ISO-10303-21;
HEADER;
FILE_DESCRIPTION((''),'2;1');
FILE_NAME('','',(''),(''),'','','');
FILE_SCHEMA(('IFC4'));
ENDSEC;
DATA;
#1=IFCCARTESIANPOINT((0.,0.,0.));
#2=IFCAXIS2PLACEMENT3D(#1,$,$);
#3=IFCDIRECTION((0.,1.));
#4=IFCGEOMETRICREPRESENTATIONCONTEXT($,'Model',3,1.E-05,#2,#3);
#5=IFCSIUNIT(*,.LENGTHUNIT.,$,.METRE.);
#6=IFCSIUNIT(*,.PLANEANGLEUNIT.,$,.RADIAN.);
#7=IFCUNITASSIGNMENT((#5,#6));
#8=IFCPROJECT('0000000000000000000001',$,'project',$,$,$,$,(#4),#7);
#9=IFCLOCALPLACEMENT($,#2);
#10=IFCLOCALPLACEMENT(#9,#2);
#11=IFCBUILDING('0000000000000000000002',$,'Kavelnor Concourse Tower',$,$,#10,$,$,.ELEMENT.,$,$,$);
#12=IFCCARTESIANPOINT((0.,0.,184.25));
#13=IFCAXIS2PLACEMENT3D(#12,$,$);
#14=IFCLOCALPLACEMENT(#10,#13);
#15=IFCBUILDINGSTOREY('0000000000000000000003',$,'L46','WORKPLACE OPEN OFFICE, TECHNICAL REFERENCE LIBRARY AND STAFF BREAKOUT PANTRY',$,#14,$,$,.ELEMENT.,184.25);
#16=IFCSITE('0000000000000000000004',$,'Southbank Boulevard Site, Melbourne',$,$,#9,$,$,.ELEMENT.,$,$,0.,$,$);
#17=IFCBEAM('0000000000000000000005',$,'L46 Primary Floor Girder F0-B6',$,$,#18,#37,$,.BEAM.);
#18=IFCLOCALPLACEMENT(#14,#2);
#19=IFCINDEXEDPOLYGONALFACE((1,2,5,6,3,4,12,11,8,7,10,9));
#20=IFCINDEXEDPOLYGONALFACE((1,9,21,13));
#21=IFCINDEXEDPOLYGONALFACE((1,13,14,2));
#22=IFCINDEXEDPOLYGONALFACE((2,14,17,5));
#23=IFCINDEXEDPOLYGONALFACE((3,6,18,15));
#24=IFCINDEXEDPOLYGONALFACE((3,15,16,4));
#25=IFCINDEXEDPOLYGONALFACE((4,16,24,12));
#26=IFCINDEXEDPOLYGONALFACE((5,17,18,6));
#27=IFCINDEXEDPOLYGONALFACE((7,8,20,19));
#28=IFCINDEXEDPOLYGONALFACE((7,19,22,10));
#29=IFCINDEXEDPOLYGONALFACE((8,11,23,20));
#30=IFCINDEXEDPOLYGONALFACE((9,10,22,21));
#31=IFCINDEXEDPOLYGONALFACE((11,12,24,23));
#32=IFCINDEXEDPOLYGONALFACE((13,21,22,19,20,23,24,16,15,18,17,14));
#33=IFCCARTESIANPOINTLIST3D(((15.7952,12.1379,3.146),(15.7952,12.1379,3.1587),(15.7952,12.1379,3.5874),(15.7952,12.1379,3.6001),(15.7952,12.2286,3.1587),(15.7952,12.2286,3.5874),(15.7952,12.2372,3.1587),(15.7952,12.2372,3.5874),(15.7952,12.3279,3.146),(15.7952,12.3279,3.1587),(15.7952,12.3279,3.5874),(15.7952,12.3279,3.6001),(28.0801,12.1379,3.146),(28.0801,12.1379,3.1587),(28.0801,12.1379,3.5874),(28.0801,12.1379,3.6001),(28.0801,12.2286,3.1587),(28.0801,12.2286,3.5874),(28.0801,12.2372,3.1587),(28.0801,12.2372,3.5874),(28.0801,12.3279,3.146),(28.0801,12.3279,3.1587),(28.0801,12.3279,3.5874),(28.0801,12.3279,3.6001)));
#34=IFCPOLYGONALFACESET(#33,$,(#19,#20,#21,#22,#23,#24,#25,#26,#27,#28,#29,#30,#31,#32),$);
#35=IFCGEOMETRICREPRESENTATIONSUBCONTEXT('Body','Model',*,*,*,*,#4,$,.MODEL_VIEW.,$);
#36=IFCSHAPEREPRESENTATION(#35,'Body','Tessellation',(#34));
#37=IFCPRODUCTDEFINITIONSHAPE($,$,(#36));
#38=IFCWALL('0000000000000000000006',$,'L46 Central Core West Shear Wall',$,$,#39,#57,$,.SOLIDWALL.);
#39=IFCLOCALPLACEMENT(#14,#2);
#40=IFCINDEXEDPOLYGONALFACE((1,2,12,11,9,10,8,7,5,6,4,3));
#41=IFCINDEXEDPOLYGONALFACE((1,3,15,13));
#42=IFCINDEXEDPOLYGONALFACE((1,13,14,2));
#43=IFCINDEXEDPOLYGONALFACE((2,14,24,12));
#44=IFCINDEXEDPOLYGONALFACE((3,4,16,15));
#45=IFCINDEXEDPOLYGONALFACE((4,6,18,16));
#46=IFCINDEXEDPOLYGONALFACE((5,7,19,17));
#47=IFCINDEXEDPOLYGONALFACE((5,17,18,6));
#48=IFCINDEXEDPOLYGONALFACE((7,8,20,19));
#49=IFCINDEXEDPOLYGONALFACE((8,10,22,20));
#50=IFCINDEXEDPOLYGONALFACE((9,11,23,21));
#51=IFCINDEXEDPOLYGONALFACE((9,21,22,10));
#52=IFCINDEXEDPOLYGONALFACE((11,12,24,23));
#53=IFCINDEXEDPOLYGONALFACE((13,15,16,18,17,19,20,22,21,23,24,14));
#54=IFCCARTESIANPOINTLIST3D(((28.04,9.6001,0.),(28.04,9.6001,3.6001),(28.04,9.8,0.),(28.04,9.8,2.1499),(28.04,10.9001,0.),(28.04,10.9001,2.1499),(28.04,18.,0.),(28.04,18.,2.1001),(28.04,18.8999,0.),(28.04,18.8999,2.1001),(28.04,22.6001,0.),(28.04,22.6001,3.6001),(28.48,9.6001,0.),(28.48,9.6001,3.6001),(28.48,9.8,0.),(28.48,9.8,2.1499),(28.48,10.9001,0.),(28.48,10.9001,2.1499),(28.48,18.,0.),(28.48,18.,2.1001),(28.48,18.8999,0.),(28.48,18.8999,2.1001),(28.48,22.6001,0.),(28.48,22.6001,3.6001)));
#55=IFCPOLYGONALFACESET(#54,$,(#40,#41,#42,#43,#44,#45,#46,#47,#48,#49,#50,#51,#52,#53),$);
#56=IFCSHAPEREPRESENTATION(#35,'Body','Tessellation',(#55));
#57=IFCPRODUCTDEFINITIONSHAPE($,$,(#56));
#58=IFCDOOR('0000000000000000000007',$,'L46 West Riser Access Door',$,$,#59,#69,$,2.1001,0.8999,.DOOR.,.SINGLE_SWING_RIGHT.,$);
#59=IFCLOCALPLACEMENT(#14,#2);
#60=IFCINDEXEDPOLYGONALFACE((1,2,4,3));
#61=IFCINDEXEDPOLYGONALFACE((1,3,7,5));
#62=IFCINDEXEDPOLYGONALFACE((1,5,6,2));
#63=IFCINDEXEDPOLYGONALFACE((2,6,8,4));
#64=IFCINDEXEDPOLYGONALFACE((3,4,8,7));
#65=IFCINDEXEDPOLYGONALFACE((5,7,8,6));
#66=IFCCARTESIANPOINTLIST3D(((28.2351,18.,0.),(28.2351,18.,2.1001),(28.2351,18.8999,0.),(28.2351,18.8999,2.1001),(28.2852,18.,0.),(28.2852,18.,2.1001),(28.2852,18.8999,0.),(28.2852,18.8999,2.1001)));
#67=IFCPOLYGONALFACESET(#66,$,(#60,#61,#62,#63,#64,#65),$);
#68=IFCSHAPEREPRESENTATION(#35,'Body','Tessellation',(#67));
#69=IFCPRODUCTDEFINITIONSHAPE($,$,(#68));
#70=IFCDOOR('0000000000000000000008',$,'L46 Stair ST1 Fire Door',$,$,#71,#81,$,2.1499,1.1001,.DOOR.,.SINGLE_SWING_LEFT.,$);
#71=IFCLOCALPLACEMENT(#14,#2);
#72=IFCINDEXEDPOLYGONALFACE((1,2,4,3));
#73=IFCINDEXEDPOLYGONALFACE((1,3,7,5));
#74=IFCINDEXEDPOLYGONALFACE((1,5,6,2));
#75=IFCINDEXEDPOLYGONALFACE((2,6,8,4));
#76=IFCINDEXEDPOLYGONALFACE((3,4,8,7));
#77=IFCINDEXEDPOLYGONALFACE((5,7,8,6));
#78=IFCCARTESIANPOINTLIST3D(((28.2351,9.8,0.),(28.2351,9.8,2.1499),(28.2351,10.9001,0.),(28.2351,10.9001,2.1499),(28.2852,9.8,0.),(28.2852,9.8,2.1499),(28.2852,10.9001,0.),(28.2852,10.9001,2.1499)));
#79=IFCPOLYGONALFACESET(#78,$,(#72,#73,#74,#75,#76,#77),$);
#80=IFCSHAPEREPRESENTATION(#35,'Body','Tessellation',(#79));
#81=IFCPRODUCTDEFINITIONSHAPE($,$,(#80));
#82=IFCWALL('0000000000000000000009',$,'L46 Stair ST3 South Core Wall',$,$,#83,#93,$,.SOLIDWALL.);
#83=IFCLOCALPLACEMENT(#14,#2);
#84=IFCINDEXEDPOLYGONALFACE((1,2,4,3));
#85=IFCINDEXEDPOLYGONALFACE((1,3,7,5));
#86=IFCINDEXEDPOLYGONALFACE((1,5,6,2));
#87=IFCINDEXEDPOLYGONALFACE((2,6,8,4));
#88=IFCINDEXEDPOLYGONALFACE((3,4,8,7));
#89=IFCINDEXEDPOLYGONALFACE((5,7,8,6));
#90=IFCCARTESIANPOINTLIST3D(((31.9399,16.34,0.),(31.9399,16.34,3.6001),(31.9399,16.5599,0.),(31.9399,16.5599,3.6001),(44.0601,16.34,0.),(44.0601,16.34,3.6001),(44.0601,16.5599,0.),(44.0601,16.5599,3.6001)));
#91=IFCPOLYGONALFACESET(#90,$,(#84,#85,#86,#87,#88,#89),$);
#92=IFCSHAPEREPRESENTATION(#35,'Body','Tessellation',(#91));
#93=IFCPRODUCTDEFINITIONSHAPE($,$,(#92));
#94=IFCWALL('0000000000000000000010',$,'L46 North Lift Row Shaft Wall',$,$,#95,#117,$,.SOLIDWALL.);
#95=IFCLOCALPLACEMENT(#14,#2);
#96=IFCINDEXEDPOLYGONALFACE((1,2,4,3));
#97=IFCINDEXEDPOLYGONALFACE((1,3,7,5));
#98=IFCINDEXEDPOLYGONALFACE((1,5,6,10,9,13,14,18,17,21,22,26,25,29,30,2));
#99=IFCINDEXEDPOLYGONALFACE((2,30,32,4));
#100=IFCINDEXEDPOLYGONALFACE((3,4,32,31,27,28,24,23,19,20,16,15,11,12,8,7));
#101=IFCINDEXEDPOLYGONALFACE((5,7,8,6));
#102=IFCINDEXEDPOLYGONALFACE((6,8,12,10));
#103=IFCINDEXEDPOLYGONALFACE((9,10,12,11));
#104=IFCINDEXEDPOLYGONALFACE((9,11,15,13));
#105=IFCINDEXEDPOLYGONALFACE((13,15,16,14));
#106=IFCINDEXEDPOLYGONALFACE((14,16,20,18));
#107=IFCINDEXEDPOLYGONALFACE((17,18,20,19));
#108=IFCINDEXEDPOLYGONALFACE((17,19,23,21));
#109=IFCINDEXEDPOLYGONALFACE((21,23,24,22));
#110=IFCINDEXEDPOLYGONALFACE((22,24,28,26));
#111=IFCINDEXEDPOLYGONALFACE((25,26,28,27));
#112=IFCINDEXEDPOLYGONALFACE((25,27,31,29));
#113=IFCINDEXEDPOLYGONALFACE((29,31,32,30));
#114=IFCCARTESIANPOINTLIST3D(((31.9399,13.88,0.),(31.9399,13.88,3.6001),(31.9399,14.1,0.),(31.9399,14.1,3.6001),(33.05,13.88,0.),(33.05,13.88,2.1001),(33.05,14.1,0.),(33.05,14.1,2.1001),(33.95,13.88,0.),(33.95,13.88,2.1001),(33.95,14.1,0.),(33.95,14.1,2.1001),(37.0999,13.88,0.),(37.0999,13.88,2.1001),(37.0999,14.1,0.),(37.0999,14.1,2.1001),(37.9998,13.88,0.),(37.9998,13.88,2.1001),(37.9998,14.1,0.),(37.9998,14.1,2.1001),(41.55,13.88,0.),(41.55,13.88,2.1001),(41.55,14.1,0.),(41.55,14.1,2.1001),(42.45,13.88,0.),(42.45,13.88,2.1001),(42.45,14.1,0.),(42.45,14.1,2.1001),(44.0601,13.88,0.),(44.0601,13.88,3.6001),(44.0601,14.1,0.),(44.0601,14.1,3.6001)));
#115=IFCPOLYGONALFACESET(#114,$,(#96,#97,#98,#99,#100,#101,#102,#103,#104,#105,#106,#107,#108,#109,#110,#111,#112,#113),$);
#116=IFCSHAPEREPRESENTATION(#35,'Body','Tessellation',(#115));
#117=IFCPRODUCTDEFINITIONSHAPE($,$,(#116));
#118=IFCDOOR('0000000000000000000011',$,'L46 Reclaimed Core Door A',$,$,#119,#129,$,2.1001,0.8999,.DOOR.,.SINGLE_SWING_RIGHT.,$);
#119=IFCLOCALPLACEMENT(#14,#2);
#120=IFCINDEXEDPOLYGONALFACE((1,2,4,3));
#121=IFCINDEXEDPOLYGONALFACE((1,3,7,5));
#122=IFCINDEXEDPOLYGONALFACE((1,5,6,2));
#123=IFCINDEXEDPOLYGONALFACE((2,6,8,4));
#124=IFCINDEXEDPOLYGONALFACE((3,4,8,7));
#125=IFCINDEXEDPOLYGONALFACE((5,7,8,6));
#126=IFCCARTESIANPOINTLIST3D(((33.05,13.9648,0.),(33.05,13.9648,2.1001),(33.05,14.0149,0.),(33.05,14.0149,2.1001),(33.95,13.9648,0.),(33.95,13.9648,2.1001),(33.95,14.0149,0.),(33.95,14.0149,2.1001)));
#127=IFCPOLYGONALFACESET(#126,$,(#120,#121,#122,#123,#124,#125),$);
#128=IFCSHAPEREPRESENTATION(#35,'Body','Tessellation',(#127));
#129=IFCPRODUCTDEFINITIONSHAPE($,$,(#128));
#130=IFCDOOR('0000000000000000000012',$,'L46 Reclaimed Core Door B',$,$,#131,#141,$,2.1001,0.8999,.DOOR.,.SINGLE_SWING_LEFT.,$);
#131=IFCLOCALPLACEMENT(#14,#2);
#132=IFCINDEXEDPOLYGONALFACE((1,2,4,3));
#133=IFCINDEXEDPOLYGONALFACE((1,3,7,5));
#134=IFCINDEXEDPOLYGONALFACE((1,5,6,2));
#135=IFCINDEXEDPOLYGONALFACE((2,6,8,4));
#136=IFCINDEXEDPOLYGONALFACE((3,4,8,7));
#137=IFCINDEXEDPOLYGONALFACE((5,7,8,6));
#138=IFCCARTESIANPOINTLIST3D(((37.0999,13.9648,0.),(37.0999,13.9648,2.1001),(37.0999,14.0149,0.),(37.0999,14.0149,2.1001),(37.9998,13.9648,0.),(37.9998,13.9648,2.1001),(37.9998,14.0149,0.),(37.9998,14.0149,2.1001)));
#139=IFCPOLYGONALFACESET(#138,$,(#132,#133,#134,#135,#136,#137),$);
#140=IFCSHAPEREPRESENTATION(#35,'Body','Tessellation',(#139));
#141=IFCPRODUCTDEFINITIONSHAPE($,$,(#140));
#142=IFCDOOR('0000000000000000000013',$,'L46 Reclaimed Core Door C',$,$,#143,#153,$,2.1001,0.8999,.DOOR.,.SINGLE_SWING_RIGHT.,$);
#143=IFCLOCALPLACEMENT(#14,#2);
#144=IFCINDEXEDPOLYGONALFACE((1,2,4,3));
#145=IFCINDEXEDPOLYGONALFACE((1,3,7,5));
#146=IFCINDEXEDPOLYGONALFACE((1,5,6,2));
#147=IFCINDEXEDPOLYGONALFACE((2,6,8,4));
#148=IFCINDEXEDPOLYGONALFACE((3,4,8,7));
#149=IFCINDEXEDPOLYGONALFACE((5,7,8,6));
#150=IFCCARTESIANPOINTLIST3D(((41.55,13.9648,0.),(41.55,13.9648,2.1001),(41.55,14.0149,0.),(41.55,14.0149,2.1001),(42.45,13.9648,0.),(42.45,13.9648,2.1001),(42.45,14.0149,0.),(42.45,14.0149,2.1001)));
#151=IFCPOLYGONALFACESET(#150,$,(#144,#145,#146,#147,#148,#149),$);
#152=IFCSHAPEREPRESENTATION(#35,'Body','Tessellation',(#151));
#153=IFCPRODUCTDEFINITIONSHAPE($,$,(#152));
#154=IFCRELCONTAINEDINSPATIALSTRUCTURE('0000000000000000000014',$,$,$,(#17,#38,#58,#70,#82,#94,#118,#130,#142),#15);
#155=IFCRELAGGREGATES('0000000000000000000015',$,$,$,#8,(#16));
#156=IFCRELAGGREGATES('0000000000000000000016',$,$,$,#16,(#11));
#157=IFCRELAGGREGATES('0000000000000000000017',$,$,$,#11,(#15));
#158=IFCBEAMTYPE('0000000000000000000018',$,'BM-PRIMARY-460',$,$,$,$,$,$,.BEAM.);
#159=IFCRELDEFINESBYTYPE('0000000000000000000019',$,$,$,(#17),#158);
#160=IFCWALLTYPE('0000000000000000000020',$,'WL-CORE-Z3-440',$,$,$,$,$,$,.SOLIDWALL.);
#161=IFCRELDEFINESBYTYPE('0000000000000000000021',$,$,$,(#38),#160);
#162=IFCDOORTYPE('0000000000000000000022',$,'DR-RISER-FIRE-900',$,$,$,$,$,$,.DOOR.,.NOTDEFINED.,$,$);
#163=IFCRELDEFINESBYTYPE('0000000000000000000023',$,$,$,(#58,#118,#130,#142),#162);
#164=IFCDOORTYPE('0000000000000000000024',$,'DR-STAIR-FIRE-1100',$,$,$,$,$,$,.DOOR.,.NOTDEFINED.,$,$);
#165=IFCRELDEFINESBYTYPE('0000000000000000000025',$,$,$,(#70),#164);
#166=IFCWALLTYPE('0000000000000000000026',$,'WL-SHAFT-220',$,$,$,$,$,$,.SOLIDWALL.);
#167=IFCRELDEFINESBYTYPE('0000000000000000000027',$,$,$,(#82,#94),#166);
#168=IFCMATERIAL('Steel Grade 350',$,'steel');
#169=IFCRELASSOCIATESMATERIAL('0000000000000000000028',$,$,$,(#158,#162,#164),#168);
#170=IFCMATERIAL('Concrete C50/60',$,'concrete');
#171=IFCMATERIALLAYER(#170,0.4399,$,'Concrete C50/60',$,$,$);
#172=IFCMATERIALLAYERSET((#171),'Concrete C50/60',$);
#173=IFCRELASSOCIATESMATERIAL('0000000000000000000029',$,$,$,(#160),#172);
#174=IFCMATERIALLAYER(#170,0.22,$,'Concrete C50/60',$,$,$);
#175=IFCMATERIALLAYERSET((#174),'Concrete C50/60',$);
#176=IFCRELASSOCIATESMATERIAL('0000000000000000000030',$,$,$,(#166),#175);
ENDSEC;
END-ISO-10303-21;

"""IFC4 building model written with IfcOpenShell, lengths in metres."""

from ifc_helpers import new_model, si_unit, direction, frame, frame_2d, origin, origin_2d, place, context, subcontext, project, spatial, rectangle, i_section, extrude, material, layer, layer_set, material_profile, profile_set, type_object, element, fill, save


model = new_model("IFC4")

# Units and contexts
model_context = context("Model", 3, precision=1e-05, world=origin(), true_north=direction((0.0, 1.0)))
body_context = subcontext(model_context, "Body", "Model", "MODEL_VIEW")
ifc_project = project(units=[si_unit("LENGTHUNIT", "METRE"), si_unit("PLANEANGLEUNIT", "RADIAN")], contexts=[model_context])

# Site, building, storey
site_placement = place(None, origin())
site = spatial("IfcSite", under=ifc_project, at=site_placement, Name="Southbank Boulevard Site, Melbourne", CompositionType="ELEMENT", RefElevation=0.0)
building_placement = place(site_placement, origin())
building = spatial("IfcBuilding", under=site, at=building_placement, Name="Kavelnor Concourse Tower", CompositionType="ELEMENT")
storey_placement = place(building_placement, frame((0.0, 0.0, 184.25)))
storey = spatial("IfcBuildingStorey", under=building, at=storey_placement, Name="L46", Description="WORKPLACE OPEN OFFICE, TECHNICAL REFERENCE LIBRARY AND STAFF BREAKOUT PANTRY", CompositionType="ELEMENT", Elevation=184.25)

# Beam
ifc_material_1 = material(Name="Steel Grade 350", Category="steel")
ifc_material_profile = material_profile(ifc_material_1, i_section(OverallWidth=0.1899, OverallDepth=0.4541, WebThickness=0.0085, FlangeThickness=0.0127, at=origin_2d()), Name="460UB67")
ifc_profile_set = profile_set([ifc_material_profile], Name="Steel Grade 350")
beam_type = type_object("IfcBeamType", Name="BM-PRIMARY-460", PredefinedType="BEAM", material=ifc_profile_set)
beam_placement = place(storey_placement, frame((28.0801, 12.2329, 3.373), z_axis=(-1.0, 0.0, 0.0), x_axis=(0.0, -1.0, 0.0)))
element("IfcBeam", 1, at=beam_placement, inside=storey, type_object=beam_type, Name="L46 Primary Floor Girder F0-B6", PredefinedType="BEAM", context=body_context, shape_type="SweptSolid", body=[
    extrude(i_section(OverallWidth=0.1899, OverallDepth=0.4541, WebThickness=0.0085, FlangeThickness=0.0127, at=origin_2d()), origin(), (0.0, 0.0, 1.0), 12.2849),
])

# Wall, openings, doors
ifc_material_2 = material(Name="Concrete C50/60", Category="concrete")
ifc_layer_1 = layer(ifc_material_2, 0.4399, Name="Concrete C50/60")
ifc_layer_set_1 = layer_set([ifc_layer_1], Name="Concrete C50/60")
wall_type_1 = type_object("IfcWallType", Name="WL-CORE-Z3-440", PredefinedType="SOLIDWALL", material=ifc_layer_set_1)
wall_1_placement = place(storey_placement, frame((28.26, 9.6001, 0.0), z_axis=(0.0, 0.0, 1.0), x_axis=(0.0, 1.0, 0.0)))
wall_1 = element("IfcWall", 2, at=wall_1_placement, inside=storey, type_object=wall_type_1, Name="L46 Central Core West Shear Wall", PredefinedType="SOLIDWALL", context=body_context, shape_type="SweptSolid", body=[
    extrude(rectangle(XDim=13.0, YDim=0.4399, at=frame_2d((6.5, 0.0))), origin(), (0.0, 0.0, 1.0), 3.6001),
])
opening_1_placement = place(wall_1_placement, frame((0.2, 0.0, 0.0)))
opening_1 = element("IfcOpeningElement", 3, at=opening_1_placement, cuts=wall_1, PredefinedType="OPENING", context=body_context, shape_type="SweptSolid", body=[
    extrude(rectangle(XDim=1.1001, YDim=2.1499, at=frame_2d((0.55, 1.075))), frame((0.0, 0.23, 0.0), z_axis=(0.0, -1.0, 0.0), x_axis=(1.0, 0.0, 0.0)), (0.0, 0.0, 1.0), 0.46),
])
opening_2_placement = place(wall_1_placement, frame((8.3999, 0.0, 0.0)))
opening_2 = element("IfcOpeningElement", 4, at=opening_2_placement, cuts=wall_1, PredefinedType="OPENING", context=body_context, shape_type="SweptSolid", body=[
    extrude(rectangle(XDim=0.8999, YDim=2.1001, at=frame_2d((0.45, 1.05))), frame((0.0, 0.23, 0.0), z_axis=(0.0, -1.0, 0.0), x_axis=(1.0, 0.0, 0.0)), (0.0, 0.0, 1.0), 0.46),
])
door_type_1 = type_object("IfcDoorType", Name="DR-RISER-FIRE-900", OperationType="NOTDEFINED", PredefinedType="DOOR", material=ifc_material_1)
door_1_placement = place(opening_2_placement, origin())
door_1 = element("IfcDoor", 5, at=door_1_placement, inside=storey, type_object=door_type_1, Name="L46 West Riser Access Door", OperationType="SINGLE_SWING_RIGHT", OverallHeight=2.1001, OverallWidth=0.8999, PredefinedType="DOOR", context=body_context, shape_type="SweptSolid", body=[
    extrude(rectangle(XDim=0.8999, YDim=2.1001, at=frame_2d((0.45, 1.05))), frame((0.0, 0.0249, 0.0), z_axis=(0.0, -1.0, 0.0), x_axis=(1.0, 0.0, 0.0)), (0.0, 0.0, 1.0), 0.05),
])
fill(opening_2, door_1)
door_type_2 = type_object("IfcDoorType", Name="DR-STAIR-FIRE-1100", OperationType="NOTDEFINED", PredefinedType="DOOR", material=ifc_material_1)
door_2_placement = place(opening_1_placement, origin())
door_2 = element("IfcDoor", 6, at=door_2_placement, inside=storey, type_object=door_type_2, Name="L46 Stair ST1 Fire Door", OperationType="SINGLE_SWING_LEFT", OverallHeight=2.1499, OverallWidth=1.1001, PredefinedType="DOOR", context=body_context, shape_type="SweptSolid", body=[
    extrude(rectangle(XDim=1.1001, YDim=2.1499, at=frame_2d((0.55, 1.075))), frame((0.0, 0.0249, 0.0), z_axis=(0.0, -1.0, 0.0), x_axis=(1.0, 0.0, 0.0)), (0.0, 0.0, 1.0), 0.05),
])
fill(opening_1, door_2)

# Wall
ifc_layer_2 = layer(ifc_material_2, 0.22, Name="Concrete C50/60")
ifc_layer_set_2 = layer_set([ifc_layer_2], Name="Concrete C50/60")
wall_type_2 = type_object("IfcWallType", Name="WL-SHAFT-220", PredefinedType="SOLIDWALL", material=ifc_layer_set_2)
wall_2_placement = place(storey_placement, frame((31.9399, 16.45, 0.0), z_axis=(0.0, 0.0, 1.0), x_axis=(1.0, 0.0, 0.0)))
element("IfcWall", 7, at=wall_2_placement, inside=storey, type_object=wall_type_2, Name="L46 Stair ST3 South Core Wall", PredefinedType="SOLIDWALL", context=body_context, shape_type="SweptSolid", body=[
    extrude(rectangle(XDim=12.1201, YDim=0.22, at=frame_2d((6.0601, 0.0))), origin(), (0.0, 0.0, 1.0), 3.6001),
])

# Wall, openings, doors
wall_3_placement = place(storey_placement, frame((31.9399, 13.99, 0.0), z_axis=(0.0, 0.0, 1.0), x_axis=(1.0, 0.0, 0.0)))
wall_3 = element("IfcWall", 8, at=wall_3_placement, inside=storey, type_object=wall_type_2, Name="L46 North Lift Row Shaft Wall", PredefinedType="SOLIDWALL", context=body_context, shape_type="SweptSolid", body=[
    extrude(rectangle(XDim=12.1201, YDim=0.22, at=frame_2d((6.0601, 0.0))), origin(), (0.0, 0.0, 1.0), 3.6001),
])
opening_3_placement = place(wall_3_placement, frame((1.1101, 0.0, 0.0)))
opening_3 = element("IfcOpeningElement", 9, at=opening_3_placement, cuts=wall_3, PredefinedType="OPENING", context=body_context, shape_type="SweptSolid", body=[
    extrude(rectangle(XDim=0.8999, YDim=2.1001, at=frame_2d((0.45, 1.05))), frame((0.0, 0.1201, 0.0), z_axis=(0.0, -1.0, 0.0), x_axis=(1.0, 0.0, 0.0)), (0.0, 0.0, 1.0), 0.24),
])
opening_4_placement = place(wall_3_placement, frame((5.1599, 0.0, 0.0)))
opening_4 = element("IfcOpeningElement", 10, at=opening_4_placement, cuts=wall_3, PredefinedType="OPENING", context=body_context, shape_type="SweptSolid", body=[
    extrude(rectangle(XDim=0.8999, YDim=2.1001, at=frame_2d((0.45, 1.05))), frame((0.0, 0.1201, 0.0), z_axis=(0.0, -1.0, 0.0), x_axis=(1.0, 0.0, 0.0)), (0.0, 0.0, 1.0), 0.24),
])
opening_5_placement = place(wall_3_placement, frame((9.6101, 0.0, 0.0)))
opening_5 = element("IfcOpeningElement", 11, at=opening_5_placement, cuts=wall_3, PredefinedType="OPENING", context=body_context, shape_type="SweptSolid", body=[
    extrude(rectangle(XDim=0.8999, YDim=2.1001, at=frame_2d((0.45, 1.05))), frame((0.0, 0.1201, 0.0), z_axis=(0.0, -1.0, 0.0), x_axis=(1.0, 0.0, 0.0)), (0.0, 0.0, 1.0), 0.24),
])
door_3_placement = place(opening_3_placement, origin())
door_3 = element("IfcDoor", 12, at=door_3_placement, inside=storey, type_object=door_type_1, Name="L46 Reclaimed Core Door A", OperationType="SINGLE_SWING_RIGHT", OverallHeight=2.1001, OverallWidth=0.8999, PredefinedType="DOOR", context=body_context, shape_type="SweptSolid", body=[
    extrude(rectangle(XDim=0.8999, YDim=2.1001, at=frame_2d((0.45, 1.05))), frame((0.0, 0.0249, 0.0), z_axis=(0.0, -1.0, 0.0), x_axis=(1.0, 0.0, 0.0)), (0.0, 0.0, 1.0), 0.05),
])
fill(opening_3, door_3)
door_4_placement = place(opening_4_placement, origin())
door_4 = element("IfcDoor", 13, at=door_4_placement, inside=storey, type_object=door_type_1, Name="L46 Reclaimed Core Door B", OperationType="SINGLE_SWING_LEFT", OverallHeight=2.1001, OverallWidth=0.8999, PredefinedType="DOOR", context=body_context, shape_type="SweptSolid", body=[
    extrude(rectangle(XDim=0.8999, YDim=2.1001, at=frame_2d((0.45, 1.05))), frame((0.0, 0.0249, 0.0), z_axis=(0.0, -1.0, 0.0), x_axis=(1.0, 0.0, 0.0)), (0.0, 0.0, 1.0), 0.05),
])
fill(opening_4, door_4)
door_5_placement = place(opening_5_placement, origin())
door_5 = element("IfcDoor", 14, at=door_5_placement, inside=storey, type_object=door_type_1, Name="L46 Reclaimed Core Door C", OperationType="SINGLE_SWING_RIGHT", OverallHeight=2.1001, OverallWidth=0.8999, PredefinedType="DOOR", context=body_context, shape_type="SweptSolid", body=[
    extrude(rectangle(XDim=0.8999, YDim=2.1001, at=frame_2d((0.45, 1.05))), frame((0.0, 0.0249, 0.0), z_axis=(0.0, -1.0, 0.0), x_axis=(1.0, 0.0, 0.0)), (0.0, 0.0, 1.0), 0.05),
])
fill(opening_5, door_5)

save(model, "model.ifc")
